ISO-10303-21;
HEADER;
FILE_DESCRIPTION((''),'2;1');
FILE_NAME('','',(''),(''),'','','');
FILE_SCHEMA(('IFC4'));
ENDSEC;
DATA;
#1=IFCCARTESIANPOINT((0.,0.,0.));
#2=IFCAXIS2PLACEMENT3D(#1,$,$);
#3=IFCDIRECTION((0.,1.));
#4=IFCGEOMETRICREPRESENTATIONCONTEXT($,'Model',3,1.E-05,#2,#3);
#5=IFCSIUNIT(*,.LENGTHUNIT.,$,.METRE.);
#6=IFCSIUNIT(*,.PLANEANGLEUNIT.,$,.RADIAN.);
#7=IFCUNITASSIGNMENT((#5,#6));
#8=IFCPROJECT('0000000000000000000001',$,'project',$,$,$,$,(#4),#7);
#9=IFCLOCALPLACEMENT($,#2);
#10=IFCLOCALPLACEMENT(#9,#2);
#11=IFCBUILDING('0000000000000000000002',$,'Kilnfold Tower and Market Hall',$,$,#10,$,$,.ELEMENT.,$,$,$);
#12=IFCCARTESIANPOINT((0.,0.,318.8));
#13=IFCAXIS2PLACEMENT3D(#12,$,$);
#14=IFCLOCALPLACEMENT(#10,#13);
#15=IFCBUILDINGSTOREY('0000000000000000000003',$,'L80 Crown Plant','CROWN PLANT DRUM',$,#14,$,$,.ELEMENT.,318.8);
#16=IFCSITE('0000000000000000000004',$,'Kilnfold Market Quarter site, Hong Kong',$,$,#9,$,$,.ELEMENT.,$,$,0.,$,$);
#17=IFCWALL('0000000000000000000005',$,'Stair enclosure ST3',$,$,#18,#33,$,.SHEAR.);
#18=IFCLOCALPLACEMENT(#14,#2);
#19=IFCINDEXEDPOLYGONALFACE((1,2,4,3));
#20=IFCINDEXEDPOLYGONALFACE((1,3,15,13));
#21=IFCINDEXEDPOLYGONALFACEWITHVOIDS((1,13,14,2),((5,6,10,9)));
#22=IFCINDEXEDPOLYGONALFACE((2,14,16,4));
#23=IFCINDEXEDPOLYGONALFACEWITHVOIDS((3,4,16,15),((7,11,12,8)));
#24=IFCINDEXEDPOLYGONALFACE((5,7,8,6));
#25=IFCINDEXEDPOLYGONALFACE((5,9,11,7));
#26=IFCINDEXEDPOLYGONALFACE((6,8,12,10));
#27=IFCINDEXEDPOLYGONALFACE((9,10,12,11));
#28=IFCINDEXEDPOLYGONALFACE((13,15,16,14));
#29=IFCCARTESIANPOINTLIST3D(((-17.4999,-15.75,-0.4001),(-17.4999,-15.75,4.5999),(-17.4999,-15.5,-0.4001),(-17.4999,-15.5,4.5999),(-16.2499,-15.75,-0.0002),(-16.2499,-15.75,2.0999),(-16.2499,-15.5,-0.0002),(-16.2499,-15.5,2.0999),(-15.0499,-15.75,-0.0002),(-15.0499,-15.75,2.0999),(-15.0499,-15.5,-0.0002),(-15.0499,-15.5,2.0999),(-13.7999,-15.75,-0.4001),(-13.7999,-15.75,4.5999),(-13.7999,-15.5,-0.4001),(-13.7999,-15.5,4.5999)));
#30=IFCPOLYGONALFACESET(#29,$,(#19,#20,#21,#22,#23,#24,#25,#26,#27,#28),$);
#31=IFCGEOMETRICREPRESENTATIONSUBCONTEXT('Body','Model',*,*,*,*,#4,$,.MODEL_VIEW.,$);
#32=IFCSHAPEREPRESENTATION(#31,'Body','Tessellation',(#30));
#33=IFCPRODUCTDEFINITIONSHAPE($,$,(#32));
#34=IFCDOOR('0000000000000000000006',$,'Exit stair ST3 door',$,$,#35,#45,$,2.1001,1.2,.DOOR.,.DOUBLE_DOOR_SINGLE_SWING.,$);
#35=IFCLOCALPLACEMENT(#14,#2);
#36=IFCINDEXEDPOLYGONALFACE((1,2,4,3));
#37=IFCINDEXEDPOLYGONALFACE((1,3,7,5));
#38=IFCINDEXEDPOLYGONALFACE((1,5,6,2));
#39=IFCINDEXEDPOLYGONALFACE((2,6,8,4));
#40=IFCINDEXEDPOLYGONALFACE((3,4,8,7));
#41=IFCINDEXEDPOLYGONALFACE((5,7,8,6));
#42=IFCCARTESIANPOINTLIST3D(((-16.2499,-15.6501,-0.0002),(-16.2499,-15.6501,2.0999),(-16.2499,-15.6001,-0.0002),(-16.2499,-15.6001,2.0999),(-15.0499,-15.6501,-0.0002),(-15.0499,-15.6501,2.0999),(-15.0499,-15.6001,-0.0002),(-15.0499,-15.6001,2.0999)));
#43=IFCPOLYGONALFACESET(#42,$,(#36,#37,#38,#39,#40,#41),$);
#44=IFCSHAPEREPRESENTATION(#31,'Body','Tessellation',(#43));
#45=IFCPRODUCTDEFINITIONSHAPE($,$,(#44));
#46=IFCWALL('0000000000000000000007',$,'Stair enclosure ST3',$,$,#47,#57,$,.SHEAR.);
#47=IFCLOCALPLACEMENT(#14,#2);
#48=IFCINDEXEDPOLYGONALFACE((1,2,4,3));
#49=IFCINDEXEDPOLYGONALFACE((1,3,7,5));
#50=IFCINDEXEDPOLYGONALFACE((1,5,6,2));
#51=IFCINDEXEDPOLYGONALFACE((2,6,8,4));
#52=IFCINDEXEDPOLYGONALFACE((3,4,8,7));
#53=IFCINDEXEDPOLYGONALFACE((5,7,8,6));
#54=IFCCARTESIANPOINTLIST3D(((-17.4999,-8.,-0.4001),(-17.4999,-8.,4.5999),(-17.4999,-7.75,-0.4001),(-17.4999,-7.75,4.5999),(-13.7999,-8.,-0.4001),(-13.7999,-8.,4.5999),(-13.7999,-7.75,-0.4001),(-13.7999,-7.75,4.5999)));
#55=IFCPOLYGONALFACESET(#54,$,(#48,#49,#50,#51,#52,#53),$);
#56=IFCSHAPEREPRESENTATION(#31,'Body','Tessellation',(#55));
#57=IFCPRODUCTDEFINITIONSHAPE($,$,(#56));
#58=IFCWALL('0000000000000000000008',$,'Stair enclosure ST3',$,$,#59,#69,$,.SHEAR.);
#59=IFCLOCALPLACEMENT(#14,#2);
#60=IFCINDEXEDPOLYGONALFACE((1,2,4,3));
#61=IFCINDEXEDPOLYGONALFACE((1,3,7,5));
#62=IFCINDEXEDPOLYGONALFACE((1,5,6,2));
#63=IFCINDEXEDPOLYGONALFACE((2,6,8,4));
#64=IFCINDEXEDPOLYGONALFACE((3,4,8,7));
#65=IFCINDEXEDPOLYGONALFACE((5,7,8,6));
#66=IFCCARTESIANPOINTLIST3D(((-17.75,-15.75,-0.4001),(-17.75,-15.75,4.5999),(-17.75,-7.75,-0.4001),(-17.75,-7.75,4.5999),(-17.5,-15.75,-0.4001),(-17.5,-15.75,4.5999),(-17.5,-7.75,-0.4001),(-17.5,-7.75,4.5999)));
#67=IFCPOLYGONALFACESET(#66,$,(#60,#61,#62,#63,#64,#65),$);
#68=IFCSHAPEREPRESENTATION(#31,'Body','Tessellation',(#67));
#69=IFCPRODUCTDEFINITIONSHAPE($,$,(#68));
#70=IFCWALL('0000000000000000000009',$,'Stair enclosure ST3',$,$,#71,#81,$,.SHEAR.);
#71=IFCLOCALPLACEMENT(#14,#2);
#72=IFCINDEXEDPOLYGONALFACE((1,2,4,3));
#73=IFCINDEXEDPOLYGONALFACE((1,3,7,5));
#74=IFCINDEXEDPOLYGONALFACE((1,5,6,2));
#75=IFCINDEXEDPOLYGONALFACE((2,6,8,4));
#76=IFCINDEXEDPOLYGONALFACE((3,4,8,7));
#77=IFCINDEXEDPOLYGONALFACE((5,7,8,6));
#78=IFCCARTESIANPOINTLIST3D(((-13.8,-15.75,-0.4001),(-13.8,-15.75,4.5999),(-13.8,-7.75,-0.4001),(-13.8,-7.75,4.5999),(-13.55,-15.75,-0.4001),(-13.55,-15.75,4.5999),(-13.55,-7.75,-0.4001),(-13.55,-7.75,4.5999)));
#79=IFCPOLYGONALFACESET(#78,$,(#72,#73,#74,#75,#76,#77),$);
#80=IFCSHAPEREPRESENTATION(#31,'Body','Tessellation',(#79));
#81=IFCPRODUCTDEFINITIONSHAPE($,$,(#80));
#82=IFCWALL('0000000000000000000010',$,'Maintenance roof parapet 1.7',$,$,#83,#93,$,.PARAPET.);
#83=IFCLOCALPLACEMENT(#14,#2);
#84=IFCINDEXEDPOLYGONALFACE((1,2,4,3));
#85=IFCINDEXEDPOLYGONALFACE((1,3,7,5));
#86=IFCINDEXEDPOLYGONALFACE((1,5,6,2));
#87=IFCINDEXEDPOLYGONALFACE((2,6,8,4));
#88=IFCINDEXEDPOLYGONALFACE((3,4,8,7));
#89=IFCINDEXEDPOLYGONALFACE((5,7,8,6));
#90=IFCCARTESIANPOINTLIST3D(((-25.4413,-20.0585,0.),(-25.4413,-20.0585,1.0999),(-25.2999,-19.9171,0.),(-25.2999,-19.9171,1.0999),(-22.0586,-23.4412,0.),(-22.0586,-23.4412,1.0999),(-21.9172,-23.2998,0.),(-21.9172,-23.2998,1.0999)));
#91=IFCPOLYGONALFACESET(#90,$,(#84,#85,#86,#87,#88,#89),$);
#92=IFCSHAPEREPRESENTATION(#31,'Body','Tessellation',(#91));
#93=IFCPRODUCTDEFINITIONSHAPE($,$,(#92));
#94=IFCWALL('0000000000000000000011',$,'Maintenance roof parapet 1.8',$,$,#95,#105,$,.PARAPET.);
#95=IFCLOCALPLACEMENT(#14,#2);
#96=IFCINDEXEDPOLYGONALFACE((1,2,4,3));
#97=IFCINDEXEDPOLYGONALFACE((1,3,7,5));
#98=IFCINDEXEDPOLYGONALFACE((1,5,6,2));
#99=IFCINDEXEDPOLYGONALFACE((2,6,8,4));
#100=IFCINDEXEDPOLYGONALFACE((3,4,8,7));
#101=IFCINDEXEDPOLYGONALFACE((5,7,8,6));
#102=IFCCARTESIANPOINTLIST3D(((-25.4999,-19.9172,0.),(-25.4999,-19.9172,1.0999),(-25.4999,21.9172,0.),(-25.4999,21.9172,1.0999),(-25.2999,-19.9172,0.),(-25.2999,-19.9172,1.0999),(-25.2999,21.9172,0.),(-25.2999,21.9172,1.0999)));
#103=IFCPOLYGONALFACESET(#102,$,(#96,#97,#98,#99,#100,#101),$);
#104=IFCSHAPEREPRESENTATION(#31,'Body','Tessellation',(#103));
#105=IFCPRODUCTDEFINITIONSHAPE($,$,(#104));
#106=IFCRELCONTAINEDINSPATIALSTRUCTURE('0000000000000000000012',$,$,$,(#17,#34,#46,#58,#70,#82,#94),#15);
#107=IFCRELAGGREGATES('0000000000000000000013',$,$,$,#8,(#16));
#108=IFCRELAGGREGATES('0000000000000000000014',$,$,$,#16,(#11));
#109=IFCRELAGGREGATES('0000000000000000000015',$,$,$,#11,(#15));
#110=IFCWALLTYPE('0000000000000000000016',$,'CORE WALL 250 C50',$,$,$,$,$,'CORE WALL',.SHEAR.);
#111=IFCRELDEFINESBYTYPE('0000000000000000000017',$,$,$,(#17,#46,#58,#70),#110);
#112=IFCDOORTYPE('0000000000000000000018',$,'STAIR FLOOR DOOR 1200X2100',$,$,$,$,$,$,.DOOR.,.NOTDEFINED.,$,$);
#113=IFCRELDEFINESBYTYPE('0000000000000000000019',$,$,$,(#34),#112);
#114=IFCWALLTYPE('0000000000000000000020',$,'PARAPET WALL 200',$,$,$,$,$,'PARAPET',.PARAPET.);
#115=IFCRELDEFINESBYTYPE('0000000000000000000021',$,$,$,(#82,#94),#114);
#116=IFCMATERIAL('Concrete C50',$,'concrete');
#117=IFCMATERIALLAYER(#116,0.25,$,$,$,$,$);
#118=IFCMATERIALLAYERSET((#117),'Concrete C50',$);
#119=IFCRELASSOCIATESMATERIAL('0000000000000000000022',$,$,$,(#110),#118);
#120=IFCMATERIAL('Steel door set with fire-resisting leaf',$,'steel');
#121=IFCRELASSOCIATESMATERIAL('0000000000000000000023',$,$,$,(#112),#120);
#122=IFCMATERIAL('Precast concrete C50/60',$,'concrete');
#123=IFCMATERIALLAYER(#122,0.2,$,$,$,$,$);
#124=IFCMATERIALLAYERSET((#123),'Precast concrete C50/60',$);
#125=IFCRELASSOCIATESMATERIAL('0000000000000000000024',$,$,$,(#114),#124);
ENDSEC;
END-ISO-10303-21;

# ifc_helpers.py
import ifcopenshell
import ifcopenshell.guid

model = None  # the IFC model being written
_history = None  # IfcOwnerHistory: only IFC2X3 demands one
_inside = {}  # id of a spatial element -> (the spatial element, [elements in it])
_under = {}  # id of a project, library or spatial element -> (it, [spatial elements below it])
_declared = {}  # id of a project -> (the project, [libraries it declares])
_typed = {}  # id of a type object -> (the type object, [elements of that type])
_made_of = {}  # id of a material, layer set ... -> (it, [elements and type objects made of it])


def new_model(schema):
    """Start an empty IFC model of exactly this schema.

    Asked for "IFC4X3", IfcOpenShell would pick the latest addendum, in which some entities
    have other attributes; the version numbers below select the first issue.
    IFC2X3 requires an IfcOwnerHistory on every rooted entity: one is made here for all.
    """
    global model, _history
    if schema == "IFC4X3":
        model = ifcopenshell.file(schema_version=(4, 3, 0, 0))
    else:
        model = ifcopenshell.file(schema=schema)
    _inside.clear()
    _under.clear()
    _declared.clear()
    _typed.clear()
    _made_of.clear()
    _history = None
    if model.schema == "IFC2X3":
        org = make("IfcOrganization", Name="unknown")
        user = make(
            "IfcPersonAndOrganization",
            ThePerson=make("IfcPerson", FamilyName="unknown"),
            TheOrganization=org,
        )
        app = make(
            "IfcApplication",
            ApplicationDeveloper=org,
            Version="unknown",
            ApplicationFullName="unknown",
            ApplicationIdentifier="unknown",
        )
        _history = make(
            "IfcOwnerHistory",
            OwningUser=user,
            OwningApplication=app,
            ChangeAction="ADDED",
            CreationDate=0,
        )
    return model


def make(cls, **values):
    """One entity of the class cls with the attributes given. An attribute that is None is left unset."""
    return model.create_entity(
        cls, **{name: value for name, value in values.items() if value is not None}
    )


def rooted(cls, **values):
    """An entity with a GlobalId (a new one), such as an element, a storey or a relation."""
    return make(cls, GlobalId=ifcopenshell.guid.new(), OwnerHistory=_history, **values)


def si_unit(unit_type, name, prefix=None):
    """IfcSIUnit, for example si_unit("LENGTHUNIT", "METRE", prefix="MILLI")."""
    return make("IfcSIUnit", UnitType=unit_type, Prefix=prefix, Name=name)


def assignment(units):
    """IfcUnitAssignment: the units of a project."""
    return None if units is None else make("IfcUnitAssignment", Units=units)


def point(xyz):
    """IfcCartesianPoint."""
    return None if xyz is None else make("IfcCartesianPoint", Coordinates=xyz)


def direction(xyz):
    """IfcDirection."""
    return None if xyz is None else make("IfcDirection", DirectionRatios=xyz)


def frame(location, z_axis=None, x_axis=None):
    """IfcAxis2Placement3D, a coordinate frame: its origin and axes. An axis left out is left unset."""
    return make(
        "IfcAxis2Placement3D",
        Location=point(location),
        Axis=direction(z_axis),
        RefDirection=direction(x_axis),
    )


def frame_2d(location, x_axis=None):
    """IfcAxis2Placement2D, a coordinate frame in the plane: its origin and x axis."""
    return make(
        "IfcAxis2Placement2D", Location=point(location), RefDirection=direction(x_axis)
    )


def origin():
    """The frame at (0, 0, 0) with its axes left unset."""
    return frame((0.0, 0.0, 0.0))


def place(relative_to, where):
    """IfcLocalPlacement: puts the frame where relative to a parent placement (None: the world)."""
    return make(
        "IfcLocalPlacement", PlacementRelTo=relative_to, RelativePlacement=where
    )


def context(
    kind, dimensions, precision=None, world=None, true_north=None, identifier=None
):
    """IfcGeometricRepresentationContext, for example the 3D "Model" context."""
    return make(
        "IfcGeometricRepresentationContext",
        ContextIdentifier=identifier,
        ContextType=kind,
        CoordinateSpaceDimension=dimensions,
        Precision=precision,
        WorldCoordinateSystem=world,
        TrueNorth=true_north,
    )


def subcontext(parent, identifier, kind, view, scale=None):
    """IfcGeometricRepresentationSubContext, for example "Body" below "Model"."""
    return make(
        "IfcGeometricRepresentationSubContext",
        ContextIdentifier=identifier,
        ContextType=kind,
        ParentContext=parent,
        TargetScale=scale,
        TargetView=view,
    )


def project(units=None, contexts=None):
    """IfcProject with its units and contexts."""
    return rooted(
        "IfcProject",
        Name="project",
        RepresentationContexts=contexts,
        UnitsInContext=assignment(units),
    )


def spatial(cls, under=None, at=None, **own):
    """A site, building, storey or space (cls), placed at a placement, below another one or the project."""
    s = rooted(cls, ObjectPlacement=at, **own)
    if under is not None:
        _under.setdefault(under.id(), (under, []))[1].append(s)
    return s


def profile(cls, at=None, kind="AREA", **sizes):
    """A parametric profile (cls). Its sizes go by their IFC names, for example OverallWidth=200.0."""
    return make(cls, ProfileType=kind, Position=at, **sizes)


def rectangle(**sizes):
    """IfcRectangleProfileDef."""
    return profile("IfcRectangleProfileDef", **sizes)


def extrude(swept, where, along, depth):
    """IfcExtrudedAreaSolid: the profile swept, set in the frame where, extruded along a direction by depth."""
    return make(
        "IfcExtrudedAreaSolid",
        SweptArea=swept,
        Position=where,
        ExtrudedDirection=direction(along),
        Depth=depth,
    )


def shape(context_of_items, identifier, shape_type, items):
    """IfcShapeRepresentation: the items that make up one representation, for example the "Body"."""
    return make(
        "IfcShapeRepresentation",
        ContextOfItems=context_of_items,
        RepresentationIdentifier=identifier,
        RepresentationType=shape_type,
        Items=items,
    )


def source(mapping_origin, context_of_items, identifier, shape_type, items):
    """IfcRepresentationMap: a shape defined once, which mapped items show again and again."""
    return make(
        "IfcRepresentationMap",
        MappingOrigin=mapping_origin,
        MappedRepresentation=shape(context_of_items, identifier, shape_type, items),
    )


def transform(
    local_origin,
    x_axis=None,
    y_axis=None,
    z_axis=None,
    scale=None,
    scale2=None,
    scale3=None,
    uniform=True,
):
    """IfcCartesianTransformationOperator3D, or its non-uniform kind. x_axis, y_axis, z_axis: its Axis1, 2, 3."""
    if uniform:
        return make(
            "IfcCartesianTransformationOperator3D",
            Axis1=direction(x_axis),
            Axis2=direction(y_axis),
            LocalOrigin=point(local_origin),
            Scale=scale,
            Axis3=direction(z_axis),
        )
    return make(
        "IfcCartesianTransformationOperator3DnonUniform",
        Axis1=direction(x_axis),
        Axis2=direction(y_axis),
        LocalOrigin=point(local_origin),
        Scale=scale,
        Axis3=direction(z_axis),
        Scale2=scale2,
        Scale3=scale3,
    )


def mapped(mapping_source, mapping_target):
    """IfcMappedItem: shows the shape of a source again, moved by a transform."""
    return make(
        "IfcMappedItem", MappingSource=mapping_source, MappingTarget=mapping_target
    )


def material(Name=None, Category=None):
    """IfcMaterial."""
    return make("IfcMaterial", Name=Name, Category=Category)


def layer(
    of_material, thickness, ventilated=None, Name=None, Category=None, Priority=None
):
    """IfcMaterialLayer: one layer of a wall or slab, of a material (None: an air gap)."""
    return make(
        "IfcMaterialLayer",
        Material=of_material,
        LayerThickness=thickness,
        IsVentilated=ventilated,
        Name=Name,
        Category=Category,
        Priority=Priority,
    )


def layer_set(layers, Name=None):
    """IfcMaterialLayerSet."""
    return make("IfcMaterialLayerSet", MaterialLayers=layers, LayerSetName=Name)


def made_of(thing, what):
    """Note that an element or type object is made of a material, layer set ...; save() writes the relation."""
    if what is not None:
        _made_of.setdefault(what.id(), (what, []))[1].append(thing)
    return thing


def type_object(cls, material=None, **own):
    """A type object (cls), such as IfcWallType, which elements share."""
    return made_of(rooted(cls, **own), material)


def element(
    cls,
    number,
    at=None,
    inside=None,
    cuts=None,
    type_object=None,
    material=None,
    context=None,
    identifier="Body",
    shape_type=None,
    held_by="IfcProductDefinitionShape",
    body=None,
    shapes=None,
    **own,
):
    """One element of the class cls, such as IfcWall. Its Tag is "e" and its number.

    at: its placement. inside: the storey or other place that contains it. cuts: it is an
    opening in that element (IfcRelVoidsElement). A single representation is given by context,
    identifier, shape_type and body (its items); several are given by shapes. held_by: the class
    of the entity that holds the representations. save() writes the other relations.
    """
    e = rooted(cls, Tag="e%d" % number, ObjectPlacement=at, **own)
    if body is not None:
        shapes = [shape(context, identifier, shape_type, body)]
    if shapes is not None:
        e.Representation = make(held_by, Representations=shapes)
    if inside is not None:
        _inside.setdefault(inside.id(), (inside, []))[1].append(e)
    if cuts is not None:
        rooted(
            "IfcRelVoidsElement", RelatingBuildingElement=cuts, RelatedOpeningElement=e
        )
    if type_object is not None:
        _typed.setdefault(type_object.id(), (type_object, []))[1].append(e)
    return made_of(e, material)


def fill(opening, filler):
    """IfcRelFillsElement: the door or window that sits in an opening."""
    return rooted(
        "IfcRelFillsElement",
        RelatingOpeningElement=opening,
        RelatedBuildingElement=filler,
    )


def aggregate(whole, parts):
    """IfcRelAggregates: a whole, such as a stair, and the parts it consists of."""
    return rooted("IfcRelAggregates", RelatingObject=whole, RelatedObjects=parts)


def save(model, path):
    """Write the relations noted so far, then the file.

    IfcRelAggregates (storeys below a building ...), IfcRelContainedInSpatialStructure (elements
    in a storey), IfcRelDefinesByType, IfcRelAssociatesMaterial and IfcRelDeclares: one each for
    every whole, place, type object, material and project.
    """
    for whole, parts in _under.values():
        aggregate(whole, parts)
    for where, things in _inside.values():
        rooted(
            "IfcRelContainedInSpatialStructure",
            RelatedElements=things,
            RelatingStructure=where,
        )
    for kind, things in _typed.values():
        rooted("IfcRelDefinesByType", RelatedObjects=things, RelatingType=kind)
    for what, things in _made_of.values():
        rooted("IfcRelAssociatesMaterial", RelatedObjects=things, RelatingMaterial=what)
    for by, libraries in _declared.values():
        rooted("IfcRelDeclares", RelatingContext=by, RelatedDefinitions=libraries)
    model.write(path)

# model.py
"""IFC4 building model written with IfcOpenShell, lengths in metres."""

from ifc_helpers import new_model, si_unit, direction, frame, frame_2d, origin, place, context, subcontext, project, spatial, rectangle, extrude, source, transform, mapped, material, layer, layer_set, type_object, element, fill, save


model = new_model("IFC4")

# Units and contexts
model_context = context("Model", 3, precision=1e-05, world=origin(), true_north=direction((0.0, 1.0)))
body_context = subcontext(model_context, "Body", "Model", "MODEL_VIEW")
ifc_project = project(units=[si_unit("LENGTHUNIT", "METRE"), si_unit("PLANEANGLEUNIT", "RADIAN")], contexts=[model_context])

# Site, building, storey
site_placement = place(None, origin())
site = spatial("IfcSite", under=ifc_project, at=site_placement, Name="Kilnfold Market Quarter site, Hong Kong", CompositionType="ELEMENT", RefElevation=0.0)
building_placement = place(site_placement, origin())
building = spatial("IfcBuilding", under=site, at=building_placement, Name="Kilnfold Tower and Market Hall", CompositionType="ELEMENT")
storey_placement = place(building_placement, frame((0.0, 0.0, 318.8)))
storey = spatial("IfcBuildingStorey", under=building, at=storey_placement, Name="L80 Crown Plant", Description="CROWN PLANT DRUM", CompositionType="ELEMENT", Elevation=318.8)

# Wall, opening, door
ifc_material_1 = material(Name="Concrete C50", Category="concrete")
ifc_layer_1 = layer(ifc_material_1, 0.25)
ifc_layer_set_1 = layer_set([ifc_layer_1], Name="Concrete C50")
wall_type_1 = type_object("IfcWallType", Name="CORE WALL 250 C50", ElementType="CORE WALL", PredefinedType="SHEAR", material=ifc_layer_set_1)
shared_shape_1 = source(origin(), body_context, "Body", "SweptSolid", [
    extrude(rectangle(XDim=3.7, YDim=0.25, at=frame_2d((1.8501, 0.0))), origin(), (0.0, 0.0, 1.0), 5.0),
])
wall_1_placement = place(storey_placement, frame((-17.5, -15.625, -0.4001), z_axis=(0.0, 0.0, 1.0), x_axis=(1.0, 0.0, 0.0)))
wall_1 = element("IfcWall", 1, at=wall_1_placement, inside=storey, type_object=wall_type_1, Name="Stair enclosure ST3", PredefinedType="SHEAR", context=body_context, shape_type="MappedRepresentation", body=[
    mapped(shared_shape_1, transform((0.0, 0.0, 0.0))),
])
opening_placement = place(wall_1_placement, frame((1.25, 0.0, 0.3999)))
opening = element("IfcOpeningElement", 2, at=opening_placement, cuts=wall_1, PredefinedType="OPENING", context=body_context, shape_type="SweptSolid", body=[
    extrude(rectangle(XDim=1.2, YDim=2.1001, at=frame_2d((0.6001, 1.05))), frame((0.0, 0.135, 0.0), z_axis=(0.0, -1.0, 0.0), x_axis=(1.0, 0.0, 0.0)), (0.0, 0.0, 1.0), 0.27),
])
ifc_material_2 = material(Name="Steel door set with fire-resisting leaf", Category="steel")
door_type = type_object("IfcDoorType", Name="STAIR FLOOR DOOR 1200X2100", OperationType="NOTDEFINED", PredefinedType="DOOR", material=ifc_material_2)
door_placement = place(opening_placement, origin())
door = element("IfcDoor", 3, at=door_placement, inside=storey, type_object=door_type, Name="Exit stair ST3 door", OperationType="DOUBLE_DOOR_SINGLE_SWING", OverallHeight=2.1001, OverallWidth=1.2, PredefinedType="DOOR", context=body_context, shape_type="SweptSolid", body=[
    extrude(rectangle(XDim=1.2, YDim=2.1001, at=frame_2d((0.6001, 1.05))), frame((0.0, 0.0249, 0.0), z_axis=(0.0, -1.0, 0.0), x_axis=(1.0, 0.0, 0.0)), (0.0, 0.0, 1.0), 0.05),
])
fill(opening, door)

# Walls
wall_2_placement = place(storey_placement, frame((-17.5, -7.875, -0.4001), z_axis=(0.0, 0.0, 1.0), x_axis=(1.0, 0.0, 0.0)))
element("IfcWall", 4, at=wall_2_placement, inside=storey, type_object=wall_type_1, Name="Stair enclosure ST3", PredefinedType="SHEAR", context=body_context, shape_type="MappedRepresentation", body=[
    mapped(shared_shape_1, transform((0.0, 0.0, 0.0))),
])
shared_shape_2 = source(origin(), body_context, "Body", "SweptSolid", [
    extrude(rectangle(XDim=8.0, YDim=0.25, at=frame_2d((4.0, 0.0))), origin(), (0.0, 0.0, 1.0), 5.0),
])
for number, where, z_axis, x_axis, name in (
    (5, (-17.625, -15.75, -0.4001), (0.0, 0.0, 1.0), (0.0, 1.0, 0.0), "Stair enclosure ST3"),
    (6, (-13.675, -15.75, -0.4001), (0.0, 0.0, 1.0), (0.0, 1.0, 0.0), "Stair enclosure ST3"),
):
    element("IfcWall", number, at=place(storey_placement, frame(where, z_axis=z_axis, x_axis=x_axis)), inside=storey, type_object=wall_type_1, Name=name, PredefinedType="SHEAR", context=body_context, shape_type="MappedRepresentation", body=[
        mapped(shared_shape_2, transform((0.0, 0.0, 0.0))),
    ])
ifc_material_3 = material(Name="Precast concrete C50/60", Category="concrete")
ifc_layer_2 = layer(ifc_material_3, 0.2)
ifc_layer_set_2 = layer_set([ifc_layer_2], Name="Precast concrete C50/60")
wall_type_2 = type_object("IfcWallType", Name="PARAPET WALL 200", ElementType="PARAPET", PredefinedType="PARAPET", material=ifc_layer_set_2)
shared_shape_3 = source(origin(), body_context, "Body", "SweptSolid", [
    extrude(rectangle(XDim=4.7839, YDim=0.2, at=frame_2d((2.3921, 0.0))), origin(), (0.0, 0.0, 1.0), 1.0999),
])
wall_3_placement = place(storey_placement, frame((-21.9878, -23.3706, 0.0), z_axis=(0.0, 0.0, 1.0), x_axis=(-0.707107, 0.707107, 0.0)))
element("IfcWall", 7, at=wall_3_placement, inside=storey, type_object=wall_type_2, Name="Maintenance roof parapet 1.7", PredefinedType="PARAPET", context=body_context, shape_type="MappedRepresentation", body=[
    mapped(shared_shape_3, transform((0.0, 0.0, 0.0))),
])
shared_shape_4 = source(origin(), body_context, "Body", "SweptSolid", [
    extrude(rectangle(XDim=41.8345, YDim=0.2, at=frame_2d((20.9172, 0.0))), origin(), (0.0, 0.0, 1.0), 1.0999),
])
wall_4_placement = place(storey_placement, frame((-25.3999, -19.9172, 0.0), z_axis=(0.0, 0.0, 1.0), x_axis=(0.0, 1.0, 0.0)))
element("IfcWall", 8, at=wall_4_placement, inside=storey, type_object=wall_type_2, Name="Maintenance roof parapet 1.8", PredefinedType="PARAPET", context=body_context, shape_type="MappedRepresentation", body=[
    mapped(shared_shape_4, transform((0.0, 0.0, 0.0))),
])

save(model, "model.ifc")
